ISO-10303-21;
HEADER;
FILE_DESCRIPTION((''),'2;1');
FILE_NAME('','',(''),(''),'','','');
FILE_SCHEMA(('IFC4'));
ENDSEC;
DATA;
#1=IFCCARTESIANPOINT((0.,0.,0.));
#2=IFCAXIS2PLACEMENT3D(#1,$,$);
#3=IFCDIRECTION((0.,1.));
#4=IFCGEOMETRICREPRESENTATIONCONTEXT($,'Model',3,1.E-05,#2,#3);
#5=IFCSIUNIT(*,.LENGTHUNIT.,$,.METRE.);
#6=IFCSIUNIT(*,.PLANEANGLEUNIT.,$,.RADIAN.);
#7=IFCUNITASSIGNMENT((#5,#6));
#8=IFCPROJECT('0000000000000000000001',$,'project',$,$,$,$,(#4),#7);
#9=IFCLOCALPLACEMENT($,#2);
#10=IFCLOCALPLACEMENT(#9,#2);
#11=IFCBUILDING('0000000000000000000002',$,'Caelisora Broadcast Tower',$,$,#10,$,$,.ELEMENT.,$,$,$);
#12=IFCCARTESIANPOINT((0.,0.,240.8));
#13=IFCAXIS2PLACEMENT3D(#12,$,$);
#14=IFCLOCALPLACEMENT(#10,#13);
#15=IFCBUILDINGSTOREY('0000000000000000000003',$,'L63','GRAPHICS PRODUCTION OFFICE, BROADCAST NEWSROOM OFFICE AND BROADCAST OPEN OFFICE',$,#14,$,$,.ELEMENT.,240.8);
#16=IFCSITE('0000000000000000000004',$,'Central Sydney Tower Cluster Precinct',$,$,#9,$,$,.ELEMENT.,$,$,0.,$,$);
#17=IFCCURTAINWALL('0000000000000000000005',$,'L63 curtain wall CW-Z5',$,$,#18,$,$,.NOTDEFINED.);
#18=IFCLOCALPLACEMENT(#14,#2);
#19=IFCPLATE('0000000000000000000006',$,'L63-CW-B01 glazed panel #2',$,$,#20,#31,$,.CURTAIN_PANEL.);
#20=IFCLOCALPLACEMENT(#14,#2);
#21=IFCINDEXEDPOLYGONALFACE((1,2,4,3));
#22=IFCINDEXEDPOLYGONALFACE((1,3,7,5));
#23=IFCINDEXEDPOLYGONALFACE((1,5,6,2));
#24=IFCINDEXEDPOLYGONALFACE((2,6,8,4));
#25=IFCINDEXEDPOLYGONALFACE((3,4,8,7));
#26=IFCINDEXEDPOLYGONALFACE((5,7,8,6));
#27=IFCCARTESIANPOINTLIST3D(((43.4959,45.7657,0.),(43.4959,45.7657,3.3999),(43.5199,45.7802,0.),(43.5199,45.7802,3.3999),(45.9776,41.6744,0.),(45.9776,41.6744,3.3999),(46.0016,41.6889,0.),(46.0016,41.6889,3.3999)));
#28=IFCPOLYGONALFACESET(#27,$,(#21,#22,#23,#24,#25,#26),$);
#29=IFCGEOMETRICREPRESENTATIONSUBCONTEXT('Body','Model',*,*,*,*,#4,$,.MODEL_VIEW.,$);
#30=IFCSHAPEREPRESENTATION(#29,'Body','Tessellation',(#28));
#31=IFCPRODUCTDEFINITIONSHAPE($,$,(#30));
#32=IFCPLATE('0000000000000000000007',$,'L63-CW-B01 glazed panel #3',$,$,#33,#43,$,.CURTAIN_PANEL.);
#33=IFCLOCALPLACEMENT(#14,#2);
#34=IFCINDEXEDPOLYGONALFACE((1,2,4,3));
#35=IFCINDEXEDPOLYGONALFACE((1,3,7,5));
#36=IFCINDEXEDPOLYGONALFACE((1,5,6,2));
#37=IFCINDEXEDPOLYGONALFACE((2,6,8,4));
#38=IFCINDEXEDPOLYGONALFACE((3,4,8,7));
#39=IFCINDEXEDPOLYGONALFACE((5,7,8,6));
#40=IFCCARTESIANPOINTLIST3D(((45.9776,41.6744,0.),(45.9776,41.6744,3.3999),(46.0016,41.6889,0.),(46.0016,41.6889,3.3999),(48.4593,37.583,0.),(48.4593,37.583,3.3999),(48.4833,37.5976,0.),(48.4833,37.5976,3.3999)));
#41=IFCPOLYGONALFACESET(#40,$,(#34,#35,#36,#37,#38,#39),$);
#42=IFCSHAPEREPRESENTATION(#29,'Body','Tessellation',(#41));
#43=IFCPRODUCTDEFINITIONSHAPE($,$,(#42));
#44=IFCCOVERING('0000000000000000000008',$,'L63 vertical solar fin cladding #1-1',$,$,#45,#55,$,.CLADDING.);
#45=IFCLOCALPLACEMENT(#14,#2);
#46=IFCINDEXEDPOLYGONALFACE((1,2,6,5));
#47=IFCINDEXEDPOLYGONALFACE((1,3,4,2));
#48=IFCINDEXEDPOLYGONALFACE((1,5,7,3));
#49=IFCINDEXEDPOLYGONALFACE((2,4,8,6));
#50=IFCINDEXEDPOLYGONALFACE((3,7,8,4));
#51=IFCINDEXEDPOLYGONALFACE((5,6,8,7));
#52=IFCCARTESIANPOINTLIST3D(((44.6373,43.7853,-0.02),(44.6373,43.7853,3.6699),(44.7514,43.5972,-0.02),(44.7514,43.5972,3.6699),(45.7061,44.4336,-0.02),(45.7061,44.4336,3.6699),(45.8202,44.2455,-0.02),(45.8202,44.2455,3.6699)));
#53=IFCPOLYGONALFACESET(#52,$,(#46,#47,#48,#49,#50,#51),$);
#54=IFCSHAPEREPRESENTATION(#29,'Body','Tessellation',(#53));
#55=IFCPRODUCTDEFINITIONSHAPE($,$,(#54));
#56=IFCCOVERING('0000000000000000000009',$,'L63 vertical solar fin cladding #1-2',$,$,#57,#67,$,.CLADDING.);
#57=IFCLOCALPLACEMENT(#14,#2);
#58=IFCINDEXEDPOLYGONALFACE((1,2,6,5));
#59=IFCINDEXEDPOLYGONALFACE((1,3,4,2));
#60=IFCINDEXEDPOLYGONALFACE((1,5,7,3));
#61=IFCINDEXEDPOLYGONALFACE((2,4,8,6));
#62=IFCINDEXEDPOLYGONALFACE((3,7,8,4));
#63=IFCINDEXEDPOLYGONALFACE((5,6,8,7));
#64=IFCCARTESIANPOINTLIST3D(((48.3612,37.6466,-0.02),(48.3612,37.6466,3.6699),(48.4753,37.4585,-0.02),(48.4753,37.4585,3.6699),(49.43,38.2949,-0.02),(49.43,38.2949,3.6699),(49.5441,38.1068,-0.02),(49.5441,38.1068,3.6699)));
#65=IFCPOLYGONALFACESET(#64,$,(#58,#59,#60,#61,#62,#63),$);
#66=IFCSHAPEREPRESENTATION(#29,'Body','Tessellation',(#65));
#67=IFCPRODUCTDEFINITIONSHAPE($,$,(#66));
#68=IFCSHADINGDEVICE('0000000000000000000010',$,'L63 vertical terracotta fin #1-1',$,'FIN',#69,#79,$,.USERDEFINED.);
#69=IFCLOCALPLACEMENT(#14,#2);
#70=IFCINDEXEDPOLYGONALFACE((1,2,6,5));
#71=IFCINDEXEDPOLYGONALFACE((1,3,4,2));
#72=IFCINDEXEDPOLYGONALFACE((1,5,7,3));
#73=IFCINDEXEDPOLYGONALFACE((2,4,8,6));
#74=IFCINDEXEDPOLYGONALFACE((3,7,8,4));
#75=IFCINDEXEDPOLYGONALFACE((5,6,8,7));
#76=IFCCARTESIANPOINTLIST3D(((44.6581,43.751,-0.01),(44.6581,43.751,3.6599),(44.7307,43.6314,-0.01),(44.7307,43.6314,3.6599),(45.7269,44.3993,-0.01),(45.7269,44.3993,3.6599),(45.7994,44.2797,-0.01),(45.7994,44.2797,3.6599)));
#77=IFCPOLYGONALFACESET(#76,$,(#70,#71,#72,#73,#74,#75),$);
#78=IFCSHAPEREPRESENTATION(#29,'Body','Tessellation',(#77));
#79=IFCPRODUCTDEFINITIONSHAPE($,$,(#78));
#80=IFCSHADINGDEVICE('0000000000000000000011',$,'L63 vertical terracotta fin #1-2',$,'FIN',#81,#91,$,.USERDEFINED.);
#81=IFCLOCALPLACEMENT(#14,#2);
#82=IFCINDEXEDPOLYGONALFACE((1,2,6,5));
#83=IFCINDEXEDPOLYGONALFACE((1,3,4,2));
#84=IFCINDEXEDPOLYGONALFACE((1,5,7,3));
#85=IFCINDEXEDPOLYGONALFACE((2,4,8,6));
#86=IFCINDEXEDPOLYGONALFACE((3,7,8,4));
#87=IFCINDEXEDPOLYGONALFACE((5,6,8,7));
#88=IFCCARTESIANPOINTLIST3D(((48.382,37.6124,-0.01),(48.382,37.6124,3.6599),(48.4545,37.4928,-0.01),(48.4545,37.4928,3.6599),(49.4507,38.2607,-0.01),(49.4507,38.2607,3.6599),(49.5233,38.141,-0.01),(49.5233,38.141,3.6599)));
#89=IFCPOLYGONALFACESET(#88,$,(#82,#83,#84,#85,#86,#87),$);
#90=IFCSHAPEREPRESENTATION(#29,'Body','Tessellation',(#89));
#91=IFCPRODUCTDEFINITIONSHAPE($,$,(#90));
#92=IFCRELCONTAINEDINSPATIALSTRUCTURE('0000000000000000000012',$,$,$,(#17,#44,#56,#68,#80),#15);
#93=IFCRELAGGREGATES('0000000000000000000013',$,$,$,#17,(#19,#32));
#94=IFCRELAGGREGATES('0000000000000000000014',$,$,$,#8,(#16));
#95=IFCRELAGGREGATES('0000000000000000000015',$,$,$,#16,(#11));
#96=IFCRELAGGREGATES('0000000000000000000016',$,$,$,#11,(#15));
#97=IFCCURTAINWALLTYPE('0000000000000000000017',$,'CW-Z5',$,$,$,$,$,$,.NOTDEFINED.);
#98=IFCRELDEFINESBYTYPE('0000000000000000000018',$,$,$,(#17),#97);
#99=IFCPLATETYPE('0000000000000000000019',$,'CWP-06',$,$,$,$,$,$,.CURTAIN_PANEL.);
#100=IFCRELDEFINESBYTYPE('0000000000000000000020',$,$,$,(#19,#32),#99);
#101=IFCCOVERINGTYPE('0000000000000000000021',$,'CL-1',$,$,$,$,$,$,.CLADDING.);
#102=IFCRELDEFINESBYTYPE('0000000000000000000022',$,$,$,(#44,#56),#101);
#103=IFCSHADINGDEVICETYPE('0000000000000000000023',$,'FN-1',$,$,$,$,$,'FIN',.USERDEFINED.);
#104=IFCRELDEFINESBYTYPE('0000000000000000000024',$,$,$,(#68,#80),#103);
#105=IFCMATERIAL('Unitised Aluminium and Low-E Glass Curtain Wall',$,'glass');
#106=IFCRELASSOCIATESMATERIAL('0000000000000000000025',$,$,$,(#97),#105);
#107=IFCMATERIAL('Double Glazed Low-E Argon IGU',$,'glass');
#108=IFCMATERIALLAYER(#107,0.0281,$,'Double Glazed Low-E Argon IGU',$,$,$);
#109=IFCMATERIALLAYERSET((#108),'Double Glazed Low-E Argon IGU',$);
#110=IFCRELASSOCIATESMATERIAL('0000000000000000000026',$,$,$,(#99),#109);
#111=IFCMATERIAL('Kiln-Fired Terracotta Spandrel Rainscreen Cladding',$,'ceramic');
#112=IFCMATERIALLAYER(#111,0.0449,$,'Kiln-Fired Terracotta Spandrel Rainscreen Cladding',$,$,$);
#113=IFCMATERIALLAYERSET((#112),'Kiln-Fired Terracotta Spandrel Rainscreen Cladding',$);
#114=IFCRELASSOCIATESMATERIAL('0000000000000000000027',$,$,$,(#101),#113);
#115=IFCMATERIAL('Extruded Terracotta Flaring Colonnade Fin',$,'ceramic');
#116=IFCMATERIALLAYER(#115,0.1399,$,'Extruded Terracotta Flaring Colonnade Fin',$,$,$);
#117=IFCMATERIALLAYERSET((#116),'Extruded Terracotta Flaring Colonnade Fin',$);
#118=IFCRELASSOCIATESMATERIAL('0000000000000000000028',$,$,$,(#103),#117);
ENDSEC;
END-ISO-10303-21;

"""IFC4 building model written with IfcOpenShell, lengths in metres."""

from ifc_helpers import new_model, si_unit, direction, frame, origin, origin_2d, place, context, subcontext, project, spatial, rectangle, extrude, source, transform, mapped, material, layer, layer_set, type_object, type_shapes, element, aggregate, save


model = new_model("IFC4")

# Units and contexts
model_context = context("Model", 3, precision=1e-05, world=origin(), true_north=direction((0.0, 1.0)))
body_context = subcontext(model_context, "Body", "Model", "MODEL_VIEW")
ifc_project = project(units=[si_unit("LENGTHUNIT", "METRE"), si_unit("PLANEANGLEUNIT", "RADIAN")], contexts=[model_context])

# Site, building, storey
site_placement = place(None, origin())
site = spatial("IfcSite", under=ifc_project, at=site_placement, Name="Central Sydney Tower Cluster Precinct", CompositionType="ELEMENT", RefElevation=0.0)
building_placement = place(site_placement, origin())
building = spatial("IfcBuilding", under=site, at=building_placement, Name="Caelisora Broadcast Tower", CompositionType="ELEMENT")
storey_placement = place(building_placement, frame((0.0, 0.0, 240.8)))
storey = spatial("IfcBuildingStorey", under=building, at=storey_placement, Name="L63", Description="GRAPHICS PRODUCTION OFFICE, BROADCAST NEWSROOM OFFICE AND BROADCAST OPEN OFFICE", CompositionType="ELEMENT", Elevation=240.8)

# Curtain wall
ifc_material_1 = material(Name="Unitised Aluminium and Low-E Glass Curtain Wall", Category="glass")
curtain_wall_type_1 = type_object("IfcCurtainWallType", Name="CW-Z5", PredefinedType="NOTDEFINED", material=ifc_material_1)
curtain_wall_1_placement = place(storey_placement, origin())
curtain_wall_1 = element("IfcCurtainWall", 1, at=curtain_wall_1_placement, inside=storey, type_object=curtain_wall_type_1, Name="L63 curtain wall CW-Z5", PredefinedType="NOTDEFINED")

# Plates
ifc_material_2 = material(Name="Double Glazed Low-E Argon IGU", Category="glass")
ifc_layer_1 = layer(ifc_material_2, 0.0281, Name="Double Glazed Low-E Argon IGU")
ifc_layer_set_1 = layer_set([ifc_layer_1], Name="Double Glazed Low-E Argon IGU")
plate_type_1 = type_object("IfcPlateType", Name="CWP-06", PredefinedType="CURTAIN_PANEL", material=ifc_layer_set_1)
shared_shape_1 = source(origin(), body_context, "Body", "SweptSolid", [
    extrude(rectangle(XDim=4.7852, YDim=0.0281, at=origin_2d()), origin(), (0.0, 0.0, 1.0), 3.3999),
])
type_shapes(plate_type_1, [shared_shape_1])
plate_1_placement = place(storey_placement, frame((44.7488, 43.7273, 0.0), z_axis=(0.0, 0.0, 1.0), x_axis=(0.518624, -0.855002, 0.0)))
plate_1 = element("IfcPlate", 2, at=plate_1_placement, type_object=plate_type_1, Name="L63-CW-B01 glazed panel #2", PredefinedType="CURTAIN_PANEL", context=body_context, shape_type="MappedRepresentation", body=[
    mapped(shared_shape_1, transform((0.0, 0.0, 0.0), scale=1.0)),
])
plate_2_placement = place(storey_placement, frame((47.2305, 39.636, 0.0), z_axis=(0.0, 0.0, 1.0), x_axis=(0.518624, -0.855002, 0.0)))
plate_2 = element("IfcPlate", 3, at=plate_2_placement, type_object=plate_type_1, Name="L63-CW-B01 glazed panel #3", PredefinedType="CURTAIN_PANEL", context=body_context, shape_type="MappedRepresentation", body=[
    mapped(shared_shape_1, transform((0.0, 0.0, 0.0), scale=1.0)),
])
aggregate(curtain_wall_1, [plate_1, plate_2])

# Coverings
ifc_material_3 = material(Name="Kiln-Fired Terracotta Spandrel Rainscreen Cladding", Category="ceramic")
ifc_layer_2 = layer(ifc_material_3, 0.0449, Name="Kiln-Fired Terracotta Spandrel Rainscreen Cladding")
ifc_layer_set_2 = layer_set([ifc_layer_2], Name="Kiln-Fired Terracotta Spandrel Rainscreen Cladding")
covering_type = type_object("IfcCoveringType", Name="CL-1", PredefinedType="CLADDING", material=ifc_layer_set_2)
shared_shape_2 = source(origin(), body_context, "Body", "SweptSolid", [
    extrude(rectangle(XDim=0.22, YDim=1.25, at=origin_2d()), origin(), (0.0, 0.0, 1.0), 3.6899),
])
type_shapes(covering_type, [shared_shape_2])
for number, where, z_axis, x_axis, name in (
    (4, (45.2288, 44.0154, -0.02), (0.0, 0.0, 1.0), (0.518624, -0.855002, 0.0), "L63 vertical solar fin cladding #1-1"),
    (5, (48.9526, 37.8767, -0.02), (0.0, 0.0, 1.0), (0.518624, -0.855002, 0.0), "L63 vertical solar fin cladding #1-2"),
):
    element("IfcCovering", number, at=place(storey_placement, frame(where, z_axis=z_axis, x_axis=x_axis)), inside=storey, type_object=covering_type, Name=name, PredefinedType="CLADDING", context=body_context, shape_type="MappedRepresentation", body=[
        mapped(shared_shape_2, transform((0.0, 0.0, 0.0), scale=1.0)),
    ])

# Shading devices
ifc_material_4 = material(Name="Extruded Terracotta Flaring Colonnade Fin", Category="ceramic")
ifc_layer_3 = layer(ifc_material_4, 0.1399, Name="Extruded Terracotta Flaring Colonnade Fin")
ifc_layer_set_3 = layer_set([ifc_layer_3], Name="Extruded Terracotta Flaring Colonnade Fin")
shading_device_type = type_object("IfcShadingDeviceType", Name="FN-1", ElementType="FIN", PredefinedType="USERDEFINED", material=ifc_layer_set_3)
shared_shape_3 = source(origin(), body_context, "Body", "SweptSolid", [
    extrude(rectangle(XDim=0.1399, YDim=1.25, at=origin_2d()), origin(), (0.0, 0.0, 1.0), 3.6699),
])
type_shapes(shading_device_type, [shared_shape_3])
for number, where, z_axis, x_axis, name in (
    (6, (45.2288, 44.0154, -0.01), (0.0, 0.0, 1.0), (0.518624, -0.855002, 0.0), "L63 vertical terracotta fin #1-1"),
    (7, (48.9526, 37.8767, -0.01), (0.0, 0.0, 1.0), (0.518624, -0.855002, 0.0), "L63 vertical terracotta fin #1-2"),
):
    element("IfcShadingDevice", number, at=place(storey_placement, frame(where, z_axis=z_axis, x_axis=x_axis)), inside=storey, type_object=shading_device_type, Name=name, ObjectType="FIN", PredefinedType="USERDEFINED", context=body_context, shape_type="MappedRepresentation", body=[
        mapped(shared_shape_3, transform((0.0, 0.0, 0.0), scale=1.0)),
    ])

save(model, "model.ifc")
